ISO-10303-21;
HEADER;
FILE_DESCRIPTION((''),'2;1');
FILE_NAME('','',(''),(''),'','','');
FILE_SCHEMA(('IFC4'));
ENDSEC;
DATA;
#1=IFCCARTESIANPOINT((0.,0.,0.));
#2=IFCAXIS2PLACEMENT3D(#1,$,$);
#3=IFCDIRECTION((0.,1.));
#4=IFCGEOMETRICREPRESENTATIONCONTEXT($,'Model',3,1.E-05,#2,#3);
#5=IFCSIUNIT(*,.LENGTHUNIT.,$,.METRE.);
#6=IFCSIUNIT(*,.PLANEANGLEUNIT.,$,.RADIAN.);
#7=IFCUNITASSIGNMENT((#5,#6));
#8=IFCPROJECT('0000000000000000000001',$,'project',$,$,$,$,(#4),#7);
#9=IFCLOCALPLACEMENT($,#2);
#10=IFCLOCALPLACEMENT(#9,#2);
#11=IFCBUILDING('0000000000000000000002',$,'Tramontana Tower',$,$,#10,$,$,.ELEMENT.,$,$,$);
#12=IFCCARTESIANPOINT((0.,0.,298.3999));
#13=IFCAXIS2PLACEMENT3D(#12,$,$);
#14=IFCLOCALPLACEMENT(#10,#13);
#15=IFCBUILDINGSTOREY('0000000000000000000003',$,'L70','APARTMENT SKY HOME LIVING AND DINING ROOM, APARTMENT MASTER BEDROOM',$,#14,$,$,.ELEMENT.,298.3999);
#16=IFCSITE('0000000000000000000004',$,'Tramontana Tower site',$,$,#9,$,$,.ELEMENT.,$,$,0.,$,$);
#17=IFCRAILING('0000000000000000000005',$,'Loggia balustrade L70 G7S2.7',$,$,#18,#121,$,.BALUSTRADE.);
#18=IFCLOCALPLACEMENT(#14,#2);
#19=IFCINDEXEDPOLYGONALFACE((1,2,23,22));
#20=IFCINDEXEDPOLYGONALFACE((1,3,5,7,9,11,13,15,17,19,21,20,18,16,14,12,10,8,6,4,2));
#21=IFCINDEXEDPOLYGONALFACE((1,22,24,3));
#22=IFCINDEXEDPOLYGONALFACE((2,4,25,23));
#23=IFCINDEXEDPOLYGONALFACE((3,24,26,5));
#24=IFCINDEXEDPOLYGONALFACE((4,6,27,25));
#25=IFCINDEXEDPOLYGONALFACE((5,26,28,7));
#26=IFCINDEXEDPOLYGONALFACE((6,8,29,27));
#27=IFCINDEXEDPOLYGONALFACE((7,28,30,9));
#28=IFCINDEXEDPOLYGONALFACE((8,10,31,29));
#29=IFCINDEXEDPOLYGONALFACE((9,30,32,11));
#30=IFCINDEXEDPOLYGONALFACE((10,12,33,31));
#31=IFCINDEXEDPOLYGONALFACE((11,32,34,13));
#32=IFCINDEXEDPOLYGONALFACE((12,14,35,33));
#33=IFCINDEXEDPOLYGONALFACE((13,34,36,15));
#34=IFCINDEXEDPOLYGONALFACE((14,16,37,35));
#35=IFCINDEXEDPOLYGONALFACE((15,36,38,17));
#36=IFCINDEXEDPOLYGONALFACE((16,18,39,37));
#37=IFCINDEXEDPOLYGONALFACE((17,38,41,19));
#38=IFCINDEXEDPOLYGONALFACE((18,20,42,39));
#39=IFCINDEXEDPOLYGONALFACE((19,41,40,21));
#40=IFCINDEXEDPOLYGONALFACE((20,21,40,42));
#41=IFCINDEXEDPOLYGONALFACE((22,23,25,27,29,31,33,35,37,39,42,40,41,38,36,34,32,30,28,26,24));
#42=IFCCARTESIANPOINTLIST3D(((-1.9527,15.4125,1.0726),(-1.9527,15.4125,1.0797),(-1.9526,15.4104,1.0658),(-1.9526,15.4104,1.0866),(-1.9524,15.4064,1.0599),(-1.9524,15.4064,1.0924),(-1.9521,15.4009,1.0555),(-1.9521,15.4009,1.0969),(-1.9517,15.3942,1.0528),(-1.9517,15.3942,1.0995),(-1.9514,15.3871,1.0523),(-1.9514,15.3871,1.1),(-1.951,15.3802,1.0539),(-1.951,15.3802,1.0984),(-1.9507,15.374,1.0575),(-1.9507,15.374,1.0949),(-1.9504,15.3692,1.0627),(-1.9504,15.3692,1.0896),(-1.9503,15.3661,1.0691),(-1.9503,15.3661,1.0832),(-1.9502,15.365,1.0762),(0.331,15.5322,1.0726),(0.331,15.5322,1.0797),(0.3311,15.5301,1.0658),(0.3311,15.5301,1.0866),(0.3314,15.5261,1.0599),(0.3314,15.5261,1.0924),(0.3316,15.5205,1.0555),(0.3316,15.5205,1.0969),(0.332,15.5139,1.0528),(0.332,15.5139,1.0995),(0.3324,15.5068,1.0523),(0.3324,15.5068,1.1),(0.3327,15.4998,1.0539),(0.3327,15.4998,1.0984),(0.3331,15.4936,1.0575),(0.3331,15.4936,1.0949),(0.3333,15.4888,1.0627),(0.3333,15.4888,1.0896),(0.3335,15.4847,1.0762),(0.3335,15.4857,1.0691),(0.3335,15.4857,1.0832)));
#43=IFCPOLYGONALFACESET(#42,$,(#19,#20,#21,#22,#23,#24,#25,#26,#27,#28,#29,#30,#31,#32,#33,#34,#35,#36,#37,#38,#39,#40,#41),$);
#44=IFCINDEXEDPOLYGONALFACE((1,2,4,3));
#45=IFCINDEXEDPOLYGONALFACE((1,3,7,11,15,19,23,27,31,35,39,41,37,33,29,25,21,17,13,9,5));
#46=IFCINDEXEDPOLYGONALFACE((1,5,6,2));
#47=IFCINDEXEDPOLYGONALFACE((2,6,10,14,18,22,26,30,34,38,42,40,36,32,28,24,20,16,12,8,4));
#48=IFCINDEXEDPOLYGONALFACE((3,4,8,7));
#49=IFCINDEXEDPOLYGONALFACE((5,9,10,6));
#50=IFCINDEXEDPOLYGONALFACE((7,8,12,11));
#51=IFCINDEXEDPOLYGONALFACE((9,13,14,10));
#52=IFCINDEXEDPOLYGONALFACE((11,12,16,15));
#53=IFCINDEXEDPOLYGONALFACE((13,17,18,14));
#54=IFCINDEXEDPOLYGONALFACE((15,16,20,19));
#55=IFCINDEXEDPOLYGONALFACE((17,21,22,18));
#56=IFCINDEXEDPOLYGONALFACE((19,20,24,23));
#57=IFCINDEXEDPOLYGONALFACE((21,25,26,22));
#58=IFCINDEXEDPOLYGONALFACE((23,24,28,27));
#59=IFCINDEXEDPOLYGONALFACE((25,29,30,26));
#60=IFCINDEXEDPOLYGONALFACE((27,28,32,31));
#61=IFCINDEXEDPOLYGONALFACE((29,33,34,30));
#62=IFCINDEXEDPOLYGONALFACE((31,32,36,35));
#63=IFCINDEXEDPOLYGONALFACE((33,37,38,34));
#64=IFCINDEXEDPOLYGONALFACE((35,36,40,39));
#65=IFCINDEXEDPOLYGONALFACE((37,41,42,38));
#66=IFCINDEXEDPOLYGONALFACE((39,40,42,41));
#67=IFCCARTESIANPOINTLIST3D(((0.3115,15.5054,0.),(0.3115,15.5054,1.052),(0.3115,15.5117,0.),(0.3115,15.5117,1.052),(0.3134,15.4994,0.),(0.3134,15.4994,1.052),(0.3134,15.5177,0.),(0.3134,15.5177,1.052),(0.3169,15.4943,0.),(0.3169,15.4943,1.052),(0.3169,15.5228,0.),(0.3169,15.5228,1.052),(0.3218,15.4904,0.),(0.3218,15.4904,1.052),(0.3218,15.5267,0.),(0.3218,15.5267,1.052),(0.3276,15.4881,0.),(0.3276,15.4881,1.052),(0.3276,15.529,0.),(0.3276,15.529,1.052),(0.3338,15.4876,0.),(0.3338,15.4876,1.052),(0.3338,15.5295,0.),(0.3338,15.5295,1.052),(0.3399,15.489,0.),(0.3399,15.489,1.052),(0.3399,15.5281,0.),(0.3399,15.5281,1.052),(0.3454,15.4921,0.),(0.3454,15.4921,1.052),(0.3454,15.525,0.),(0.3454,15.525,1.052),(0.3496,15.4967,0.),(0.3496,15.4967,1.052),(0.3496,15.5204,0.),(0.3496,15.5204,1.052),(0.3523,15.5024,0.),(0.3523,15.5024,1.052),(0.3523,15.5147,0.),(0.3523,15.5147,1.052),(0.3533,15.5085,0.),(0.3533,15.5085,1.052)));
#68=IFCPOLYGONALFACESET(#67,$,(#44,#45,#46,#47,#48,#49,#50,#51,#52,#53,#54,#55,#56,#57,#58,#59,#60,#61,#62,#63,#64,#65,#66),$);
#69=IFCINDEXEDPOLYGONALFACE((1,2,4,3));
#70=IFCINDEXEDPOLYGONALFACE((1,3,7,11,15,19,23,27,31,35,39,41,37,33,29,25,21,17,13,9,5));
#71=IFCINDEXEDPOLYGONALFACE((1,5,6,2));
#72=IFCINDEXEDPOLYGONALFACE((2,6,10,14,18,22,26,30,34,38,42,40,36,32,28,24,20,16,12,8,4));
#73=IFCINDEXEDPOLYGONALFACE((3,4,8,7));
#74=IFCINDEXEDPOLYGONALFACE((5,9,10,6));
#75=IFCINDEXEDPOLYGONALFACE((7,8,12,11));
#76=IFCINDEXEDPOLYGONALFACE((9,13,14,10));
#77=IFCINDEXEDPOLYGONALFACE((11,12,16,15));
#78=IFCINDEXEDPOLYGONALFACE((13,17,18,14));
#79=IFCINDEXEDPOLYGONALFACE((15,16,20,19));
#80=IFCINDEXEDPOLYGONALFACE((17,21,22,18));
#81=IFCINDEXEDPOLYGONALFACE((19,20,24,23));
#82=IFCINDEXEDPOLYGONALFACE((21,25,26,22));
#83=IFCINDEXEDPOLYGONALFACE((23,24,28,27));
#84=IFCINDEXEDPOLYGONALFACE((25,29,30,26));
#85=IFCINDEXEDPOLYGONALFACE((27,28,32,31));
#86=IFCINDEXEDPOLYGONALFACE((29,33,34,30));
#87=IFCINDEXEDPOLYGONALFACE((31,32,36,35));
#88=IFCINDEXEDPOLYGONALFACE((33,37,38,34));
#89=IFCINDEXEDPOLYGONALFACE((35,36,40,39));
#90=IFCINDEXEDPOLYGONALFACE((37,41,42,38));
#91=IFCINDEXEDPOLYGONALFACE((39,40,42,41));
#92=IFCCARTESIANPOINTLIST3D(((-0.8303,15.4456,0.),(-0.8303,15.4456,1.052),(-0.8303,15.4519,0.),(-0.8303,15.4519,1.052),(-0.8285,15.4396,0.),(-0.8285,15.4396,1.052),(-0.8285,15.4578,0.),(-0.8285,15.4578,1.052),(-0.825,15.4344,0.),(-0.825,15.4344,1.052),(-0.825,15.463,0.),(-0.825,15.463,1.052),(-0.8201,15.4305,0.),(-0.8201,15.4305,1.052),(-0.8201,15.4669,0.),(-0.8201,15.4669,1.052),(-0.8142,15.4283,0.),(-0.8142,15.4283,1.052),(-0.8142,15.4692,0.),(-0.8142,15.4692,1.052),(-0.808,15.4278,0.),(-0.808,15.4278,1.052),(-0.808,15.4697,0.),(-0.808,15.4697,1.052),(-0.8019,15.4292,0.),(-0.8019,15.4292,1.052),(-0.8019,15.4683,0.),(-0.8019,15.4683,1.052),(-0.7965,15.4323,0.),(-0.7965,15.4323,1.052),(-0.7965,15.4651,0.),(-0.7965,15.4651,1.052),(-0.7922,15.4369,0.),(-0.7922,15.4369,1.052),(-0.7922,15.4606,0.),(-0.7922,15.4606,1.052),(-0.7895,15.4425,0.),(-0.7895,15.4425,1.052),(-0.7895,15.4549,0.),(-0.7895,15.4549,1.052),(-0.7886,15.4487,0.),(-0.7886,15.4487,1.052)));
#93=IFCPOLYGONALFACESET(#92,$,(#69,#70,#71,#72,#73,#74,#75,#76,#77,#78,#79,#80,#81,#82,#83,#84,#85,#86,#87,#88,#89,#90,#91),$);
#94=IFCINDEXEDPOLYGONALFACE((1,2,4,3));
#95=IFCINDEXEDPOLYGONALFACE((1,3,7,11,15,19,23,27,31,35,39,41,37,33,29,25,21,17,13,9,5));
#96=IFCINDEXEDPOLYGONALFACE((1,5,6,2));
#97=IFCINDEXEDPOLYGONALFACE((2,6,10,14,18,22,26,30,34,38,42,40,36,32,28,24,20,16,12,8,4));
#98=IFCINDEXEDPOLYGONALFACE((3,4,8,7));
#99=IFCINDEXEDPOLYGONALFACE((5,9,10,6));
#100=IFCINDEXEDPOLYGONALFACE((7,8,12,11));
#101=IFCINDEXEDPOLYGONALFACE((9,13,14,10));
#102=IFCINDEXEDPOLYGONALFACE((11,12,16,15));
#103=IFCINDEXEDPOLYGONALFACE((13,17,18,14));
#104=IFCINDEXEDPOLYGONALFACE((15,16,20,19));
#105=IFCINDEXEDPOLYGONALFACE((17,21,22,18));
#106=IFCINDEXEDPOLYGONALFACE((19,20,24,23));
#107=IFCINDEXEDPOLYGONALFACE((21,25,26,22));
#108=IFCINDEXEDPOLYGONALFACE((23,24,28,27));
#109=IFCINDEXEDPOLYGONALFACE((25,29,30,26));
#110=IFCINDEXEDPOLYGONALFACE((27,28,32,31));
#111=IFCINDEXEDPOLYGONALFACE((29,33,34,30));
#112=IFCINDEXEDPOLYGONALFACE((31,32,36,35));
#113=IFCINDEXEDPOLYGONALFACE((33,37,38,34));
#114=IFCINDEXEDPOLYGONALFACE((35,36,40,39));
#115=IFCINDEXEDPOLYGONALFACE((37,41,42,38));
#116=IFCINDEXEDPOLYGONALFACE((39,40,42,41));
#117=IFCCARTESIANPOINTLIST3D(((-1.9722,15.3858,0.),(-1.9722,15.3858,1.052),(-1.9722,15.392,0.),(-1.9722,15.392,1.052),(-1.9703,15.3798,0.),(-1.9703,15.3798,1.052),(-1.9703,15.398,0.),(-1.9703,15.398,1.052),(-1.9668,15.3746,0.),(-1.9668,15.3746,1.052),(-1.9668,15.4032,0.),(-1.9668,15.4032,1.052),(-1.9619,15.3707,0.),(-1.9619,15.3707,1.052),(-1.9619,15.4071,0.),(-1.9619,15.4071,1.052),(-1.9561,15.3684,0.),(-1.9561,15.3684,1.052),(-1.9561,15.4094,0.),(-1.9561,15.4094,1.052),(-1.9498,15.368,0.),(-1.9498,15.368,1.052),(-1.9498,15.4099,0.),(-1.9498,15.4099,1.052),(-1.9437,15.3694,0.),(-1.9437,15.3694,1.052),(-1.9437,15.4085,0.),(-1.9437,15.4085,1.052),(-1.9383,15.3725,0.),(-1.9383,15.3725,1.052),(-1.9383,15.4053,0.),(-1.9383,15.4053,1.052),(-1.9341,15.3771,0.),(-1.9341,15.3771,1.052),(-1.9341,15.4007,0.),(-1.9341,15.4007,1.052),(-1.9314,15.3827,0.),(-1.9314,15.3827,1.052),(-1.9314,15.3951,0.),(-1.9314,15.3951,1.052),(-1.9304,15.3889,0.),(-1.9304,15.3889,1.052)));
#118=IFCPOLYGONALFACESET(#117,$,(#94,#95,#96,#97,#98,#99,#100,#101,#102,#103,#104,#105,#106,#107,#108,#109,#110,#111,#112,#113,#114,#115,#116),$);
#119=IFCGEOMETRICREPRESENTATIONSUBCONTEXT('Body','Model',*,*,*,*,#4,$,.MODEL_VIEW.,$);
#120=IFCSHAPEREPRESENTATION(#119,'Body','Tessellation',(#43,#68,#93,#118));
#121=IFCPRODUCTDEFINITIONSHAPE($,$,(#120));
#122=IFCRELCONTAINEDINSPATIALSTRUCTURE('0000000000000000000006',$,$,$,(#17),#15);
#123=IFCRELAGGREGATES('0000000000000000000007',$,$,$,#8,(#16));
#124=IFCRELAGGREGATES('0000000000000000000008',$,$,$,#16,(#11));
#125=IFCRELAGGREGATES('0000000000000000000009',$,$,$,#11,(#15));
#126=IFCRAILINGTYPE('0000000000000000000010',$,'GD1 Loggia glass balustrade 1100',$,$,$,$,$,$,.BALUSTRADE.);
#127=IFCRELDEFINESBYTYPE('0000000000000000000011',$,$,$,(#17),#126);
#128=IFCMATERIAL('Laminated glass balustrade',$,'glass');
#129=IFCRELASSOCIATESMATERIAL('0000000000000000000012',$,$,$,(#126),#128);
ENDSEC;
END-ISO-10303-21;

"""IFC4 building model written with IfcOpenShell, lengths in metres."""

from ifc_helpers import new_model, si_unit, direction, frame, origin, origin_2d, place, context, subcontext, project, spatial, circle, extrude, material, type_object, element, save


model = new_model("IFC4")

# Units and contexts
model_context = context("Model", 3, precision=1e-05, world=origin(), true_north=direction((0.0, 1.0)))
body_context = subcontext(model_context, "Body", "Model", "MODEL_VIEW")
ifc_project = project(units=[si_unit("LENGTHUNIT", "METRE"), si_unit("PLANEANGLEUNIT", "RADIAN")], contexts=[model_context])

# Site, building, storey
site_placement = place(None, origin())
site = spatial("IfcSite", under=ifc_project, at=site_placement, Name="Tramontana Tower site", CompositionType="ELEMENT", RefElevation=0.0)
building_placement = place(site_placement, origin())
building = spatial("IfcBuilding", under=site, at=building_placement, Name="Tramontana Tower", CompositionType="ELEMENT")
storey_placement = place(building_placement, frame((0.0, 0.0, 298.3999)))
storey = spatial("IfcBuildingStorey", under=building, at=storey_placement, Name="L70", Description="APARTMENT SKY HOME LIVING AND DINING ROOM, APARTMENT MASTER BEDROOM", CompositionType="ELEMENT", Elevation=298.3999)

# Railing
ifc_material_1 = material(Name="Laminated glass balustrade", Category="glass")
railing_type = type_object("IfcRailingType", Name="GD1 Loggia glass balustrade 1100", PredefinedType="BALUSTRADE", material=ifc_material_1)
railing_placement = place(storey_placement, frame((0.3323, 15.5085, 0.0)))
element("IfcRailing", 1, at=railing_placement, inside=storey, type_object=railing_type, Name="Loggia balustrade L70 G7S2.7", PredefinedType="BALUSTRADE", context=body_context, shape_type="SweptSolid", body=[
    extrude(circle(Radius=0.0239, at=origin_2d()), frame((0.0, 0.0, 1.0762), z_axis=(-0.998631, -0.052312, 0.0), x_axis=(0.052312, -0.998631, 0.0)), (0.0, 0.0, 1.0), 2.2869),
    extrude(circle(Radius=0.021, at=origin_2d()), origin(), (0.0, 0.0, 1.0), 1.052),
    extrude(circle(Radius=0.021, at=origin_2d()), frame((-1.1418, -0.0598, 0.0)), (0.0, 0.0, 1.0), 1.052),
    extrude(circle(Radius=0.021, at=origin_2d()), frame((-2.2837, -0.1196, 0.0)), (0.0, 0.0, 1.0), 1.052),
])

save(model, "model.ifc")
